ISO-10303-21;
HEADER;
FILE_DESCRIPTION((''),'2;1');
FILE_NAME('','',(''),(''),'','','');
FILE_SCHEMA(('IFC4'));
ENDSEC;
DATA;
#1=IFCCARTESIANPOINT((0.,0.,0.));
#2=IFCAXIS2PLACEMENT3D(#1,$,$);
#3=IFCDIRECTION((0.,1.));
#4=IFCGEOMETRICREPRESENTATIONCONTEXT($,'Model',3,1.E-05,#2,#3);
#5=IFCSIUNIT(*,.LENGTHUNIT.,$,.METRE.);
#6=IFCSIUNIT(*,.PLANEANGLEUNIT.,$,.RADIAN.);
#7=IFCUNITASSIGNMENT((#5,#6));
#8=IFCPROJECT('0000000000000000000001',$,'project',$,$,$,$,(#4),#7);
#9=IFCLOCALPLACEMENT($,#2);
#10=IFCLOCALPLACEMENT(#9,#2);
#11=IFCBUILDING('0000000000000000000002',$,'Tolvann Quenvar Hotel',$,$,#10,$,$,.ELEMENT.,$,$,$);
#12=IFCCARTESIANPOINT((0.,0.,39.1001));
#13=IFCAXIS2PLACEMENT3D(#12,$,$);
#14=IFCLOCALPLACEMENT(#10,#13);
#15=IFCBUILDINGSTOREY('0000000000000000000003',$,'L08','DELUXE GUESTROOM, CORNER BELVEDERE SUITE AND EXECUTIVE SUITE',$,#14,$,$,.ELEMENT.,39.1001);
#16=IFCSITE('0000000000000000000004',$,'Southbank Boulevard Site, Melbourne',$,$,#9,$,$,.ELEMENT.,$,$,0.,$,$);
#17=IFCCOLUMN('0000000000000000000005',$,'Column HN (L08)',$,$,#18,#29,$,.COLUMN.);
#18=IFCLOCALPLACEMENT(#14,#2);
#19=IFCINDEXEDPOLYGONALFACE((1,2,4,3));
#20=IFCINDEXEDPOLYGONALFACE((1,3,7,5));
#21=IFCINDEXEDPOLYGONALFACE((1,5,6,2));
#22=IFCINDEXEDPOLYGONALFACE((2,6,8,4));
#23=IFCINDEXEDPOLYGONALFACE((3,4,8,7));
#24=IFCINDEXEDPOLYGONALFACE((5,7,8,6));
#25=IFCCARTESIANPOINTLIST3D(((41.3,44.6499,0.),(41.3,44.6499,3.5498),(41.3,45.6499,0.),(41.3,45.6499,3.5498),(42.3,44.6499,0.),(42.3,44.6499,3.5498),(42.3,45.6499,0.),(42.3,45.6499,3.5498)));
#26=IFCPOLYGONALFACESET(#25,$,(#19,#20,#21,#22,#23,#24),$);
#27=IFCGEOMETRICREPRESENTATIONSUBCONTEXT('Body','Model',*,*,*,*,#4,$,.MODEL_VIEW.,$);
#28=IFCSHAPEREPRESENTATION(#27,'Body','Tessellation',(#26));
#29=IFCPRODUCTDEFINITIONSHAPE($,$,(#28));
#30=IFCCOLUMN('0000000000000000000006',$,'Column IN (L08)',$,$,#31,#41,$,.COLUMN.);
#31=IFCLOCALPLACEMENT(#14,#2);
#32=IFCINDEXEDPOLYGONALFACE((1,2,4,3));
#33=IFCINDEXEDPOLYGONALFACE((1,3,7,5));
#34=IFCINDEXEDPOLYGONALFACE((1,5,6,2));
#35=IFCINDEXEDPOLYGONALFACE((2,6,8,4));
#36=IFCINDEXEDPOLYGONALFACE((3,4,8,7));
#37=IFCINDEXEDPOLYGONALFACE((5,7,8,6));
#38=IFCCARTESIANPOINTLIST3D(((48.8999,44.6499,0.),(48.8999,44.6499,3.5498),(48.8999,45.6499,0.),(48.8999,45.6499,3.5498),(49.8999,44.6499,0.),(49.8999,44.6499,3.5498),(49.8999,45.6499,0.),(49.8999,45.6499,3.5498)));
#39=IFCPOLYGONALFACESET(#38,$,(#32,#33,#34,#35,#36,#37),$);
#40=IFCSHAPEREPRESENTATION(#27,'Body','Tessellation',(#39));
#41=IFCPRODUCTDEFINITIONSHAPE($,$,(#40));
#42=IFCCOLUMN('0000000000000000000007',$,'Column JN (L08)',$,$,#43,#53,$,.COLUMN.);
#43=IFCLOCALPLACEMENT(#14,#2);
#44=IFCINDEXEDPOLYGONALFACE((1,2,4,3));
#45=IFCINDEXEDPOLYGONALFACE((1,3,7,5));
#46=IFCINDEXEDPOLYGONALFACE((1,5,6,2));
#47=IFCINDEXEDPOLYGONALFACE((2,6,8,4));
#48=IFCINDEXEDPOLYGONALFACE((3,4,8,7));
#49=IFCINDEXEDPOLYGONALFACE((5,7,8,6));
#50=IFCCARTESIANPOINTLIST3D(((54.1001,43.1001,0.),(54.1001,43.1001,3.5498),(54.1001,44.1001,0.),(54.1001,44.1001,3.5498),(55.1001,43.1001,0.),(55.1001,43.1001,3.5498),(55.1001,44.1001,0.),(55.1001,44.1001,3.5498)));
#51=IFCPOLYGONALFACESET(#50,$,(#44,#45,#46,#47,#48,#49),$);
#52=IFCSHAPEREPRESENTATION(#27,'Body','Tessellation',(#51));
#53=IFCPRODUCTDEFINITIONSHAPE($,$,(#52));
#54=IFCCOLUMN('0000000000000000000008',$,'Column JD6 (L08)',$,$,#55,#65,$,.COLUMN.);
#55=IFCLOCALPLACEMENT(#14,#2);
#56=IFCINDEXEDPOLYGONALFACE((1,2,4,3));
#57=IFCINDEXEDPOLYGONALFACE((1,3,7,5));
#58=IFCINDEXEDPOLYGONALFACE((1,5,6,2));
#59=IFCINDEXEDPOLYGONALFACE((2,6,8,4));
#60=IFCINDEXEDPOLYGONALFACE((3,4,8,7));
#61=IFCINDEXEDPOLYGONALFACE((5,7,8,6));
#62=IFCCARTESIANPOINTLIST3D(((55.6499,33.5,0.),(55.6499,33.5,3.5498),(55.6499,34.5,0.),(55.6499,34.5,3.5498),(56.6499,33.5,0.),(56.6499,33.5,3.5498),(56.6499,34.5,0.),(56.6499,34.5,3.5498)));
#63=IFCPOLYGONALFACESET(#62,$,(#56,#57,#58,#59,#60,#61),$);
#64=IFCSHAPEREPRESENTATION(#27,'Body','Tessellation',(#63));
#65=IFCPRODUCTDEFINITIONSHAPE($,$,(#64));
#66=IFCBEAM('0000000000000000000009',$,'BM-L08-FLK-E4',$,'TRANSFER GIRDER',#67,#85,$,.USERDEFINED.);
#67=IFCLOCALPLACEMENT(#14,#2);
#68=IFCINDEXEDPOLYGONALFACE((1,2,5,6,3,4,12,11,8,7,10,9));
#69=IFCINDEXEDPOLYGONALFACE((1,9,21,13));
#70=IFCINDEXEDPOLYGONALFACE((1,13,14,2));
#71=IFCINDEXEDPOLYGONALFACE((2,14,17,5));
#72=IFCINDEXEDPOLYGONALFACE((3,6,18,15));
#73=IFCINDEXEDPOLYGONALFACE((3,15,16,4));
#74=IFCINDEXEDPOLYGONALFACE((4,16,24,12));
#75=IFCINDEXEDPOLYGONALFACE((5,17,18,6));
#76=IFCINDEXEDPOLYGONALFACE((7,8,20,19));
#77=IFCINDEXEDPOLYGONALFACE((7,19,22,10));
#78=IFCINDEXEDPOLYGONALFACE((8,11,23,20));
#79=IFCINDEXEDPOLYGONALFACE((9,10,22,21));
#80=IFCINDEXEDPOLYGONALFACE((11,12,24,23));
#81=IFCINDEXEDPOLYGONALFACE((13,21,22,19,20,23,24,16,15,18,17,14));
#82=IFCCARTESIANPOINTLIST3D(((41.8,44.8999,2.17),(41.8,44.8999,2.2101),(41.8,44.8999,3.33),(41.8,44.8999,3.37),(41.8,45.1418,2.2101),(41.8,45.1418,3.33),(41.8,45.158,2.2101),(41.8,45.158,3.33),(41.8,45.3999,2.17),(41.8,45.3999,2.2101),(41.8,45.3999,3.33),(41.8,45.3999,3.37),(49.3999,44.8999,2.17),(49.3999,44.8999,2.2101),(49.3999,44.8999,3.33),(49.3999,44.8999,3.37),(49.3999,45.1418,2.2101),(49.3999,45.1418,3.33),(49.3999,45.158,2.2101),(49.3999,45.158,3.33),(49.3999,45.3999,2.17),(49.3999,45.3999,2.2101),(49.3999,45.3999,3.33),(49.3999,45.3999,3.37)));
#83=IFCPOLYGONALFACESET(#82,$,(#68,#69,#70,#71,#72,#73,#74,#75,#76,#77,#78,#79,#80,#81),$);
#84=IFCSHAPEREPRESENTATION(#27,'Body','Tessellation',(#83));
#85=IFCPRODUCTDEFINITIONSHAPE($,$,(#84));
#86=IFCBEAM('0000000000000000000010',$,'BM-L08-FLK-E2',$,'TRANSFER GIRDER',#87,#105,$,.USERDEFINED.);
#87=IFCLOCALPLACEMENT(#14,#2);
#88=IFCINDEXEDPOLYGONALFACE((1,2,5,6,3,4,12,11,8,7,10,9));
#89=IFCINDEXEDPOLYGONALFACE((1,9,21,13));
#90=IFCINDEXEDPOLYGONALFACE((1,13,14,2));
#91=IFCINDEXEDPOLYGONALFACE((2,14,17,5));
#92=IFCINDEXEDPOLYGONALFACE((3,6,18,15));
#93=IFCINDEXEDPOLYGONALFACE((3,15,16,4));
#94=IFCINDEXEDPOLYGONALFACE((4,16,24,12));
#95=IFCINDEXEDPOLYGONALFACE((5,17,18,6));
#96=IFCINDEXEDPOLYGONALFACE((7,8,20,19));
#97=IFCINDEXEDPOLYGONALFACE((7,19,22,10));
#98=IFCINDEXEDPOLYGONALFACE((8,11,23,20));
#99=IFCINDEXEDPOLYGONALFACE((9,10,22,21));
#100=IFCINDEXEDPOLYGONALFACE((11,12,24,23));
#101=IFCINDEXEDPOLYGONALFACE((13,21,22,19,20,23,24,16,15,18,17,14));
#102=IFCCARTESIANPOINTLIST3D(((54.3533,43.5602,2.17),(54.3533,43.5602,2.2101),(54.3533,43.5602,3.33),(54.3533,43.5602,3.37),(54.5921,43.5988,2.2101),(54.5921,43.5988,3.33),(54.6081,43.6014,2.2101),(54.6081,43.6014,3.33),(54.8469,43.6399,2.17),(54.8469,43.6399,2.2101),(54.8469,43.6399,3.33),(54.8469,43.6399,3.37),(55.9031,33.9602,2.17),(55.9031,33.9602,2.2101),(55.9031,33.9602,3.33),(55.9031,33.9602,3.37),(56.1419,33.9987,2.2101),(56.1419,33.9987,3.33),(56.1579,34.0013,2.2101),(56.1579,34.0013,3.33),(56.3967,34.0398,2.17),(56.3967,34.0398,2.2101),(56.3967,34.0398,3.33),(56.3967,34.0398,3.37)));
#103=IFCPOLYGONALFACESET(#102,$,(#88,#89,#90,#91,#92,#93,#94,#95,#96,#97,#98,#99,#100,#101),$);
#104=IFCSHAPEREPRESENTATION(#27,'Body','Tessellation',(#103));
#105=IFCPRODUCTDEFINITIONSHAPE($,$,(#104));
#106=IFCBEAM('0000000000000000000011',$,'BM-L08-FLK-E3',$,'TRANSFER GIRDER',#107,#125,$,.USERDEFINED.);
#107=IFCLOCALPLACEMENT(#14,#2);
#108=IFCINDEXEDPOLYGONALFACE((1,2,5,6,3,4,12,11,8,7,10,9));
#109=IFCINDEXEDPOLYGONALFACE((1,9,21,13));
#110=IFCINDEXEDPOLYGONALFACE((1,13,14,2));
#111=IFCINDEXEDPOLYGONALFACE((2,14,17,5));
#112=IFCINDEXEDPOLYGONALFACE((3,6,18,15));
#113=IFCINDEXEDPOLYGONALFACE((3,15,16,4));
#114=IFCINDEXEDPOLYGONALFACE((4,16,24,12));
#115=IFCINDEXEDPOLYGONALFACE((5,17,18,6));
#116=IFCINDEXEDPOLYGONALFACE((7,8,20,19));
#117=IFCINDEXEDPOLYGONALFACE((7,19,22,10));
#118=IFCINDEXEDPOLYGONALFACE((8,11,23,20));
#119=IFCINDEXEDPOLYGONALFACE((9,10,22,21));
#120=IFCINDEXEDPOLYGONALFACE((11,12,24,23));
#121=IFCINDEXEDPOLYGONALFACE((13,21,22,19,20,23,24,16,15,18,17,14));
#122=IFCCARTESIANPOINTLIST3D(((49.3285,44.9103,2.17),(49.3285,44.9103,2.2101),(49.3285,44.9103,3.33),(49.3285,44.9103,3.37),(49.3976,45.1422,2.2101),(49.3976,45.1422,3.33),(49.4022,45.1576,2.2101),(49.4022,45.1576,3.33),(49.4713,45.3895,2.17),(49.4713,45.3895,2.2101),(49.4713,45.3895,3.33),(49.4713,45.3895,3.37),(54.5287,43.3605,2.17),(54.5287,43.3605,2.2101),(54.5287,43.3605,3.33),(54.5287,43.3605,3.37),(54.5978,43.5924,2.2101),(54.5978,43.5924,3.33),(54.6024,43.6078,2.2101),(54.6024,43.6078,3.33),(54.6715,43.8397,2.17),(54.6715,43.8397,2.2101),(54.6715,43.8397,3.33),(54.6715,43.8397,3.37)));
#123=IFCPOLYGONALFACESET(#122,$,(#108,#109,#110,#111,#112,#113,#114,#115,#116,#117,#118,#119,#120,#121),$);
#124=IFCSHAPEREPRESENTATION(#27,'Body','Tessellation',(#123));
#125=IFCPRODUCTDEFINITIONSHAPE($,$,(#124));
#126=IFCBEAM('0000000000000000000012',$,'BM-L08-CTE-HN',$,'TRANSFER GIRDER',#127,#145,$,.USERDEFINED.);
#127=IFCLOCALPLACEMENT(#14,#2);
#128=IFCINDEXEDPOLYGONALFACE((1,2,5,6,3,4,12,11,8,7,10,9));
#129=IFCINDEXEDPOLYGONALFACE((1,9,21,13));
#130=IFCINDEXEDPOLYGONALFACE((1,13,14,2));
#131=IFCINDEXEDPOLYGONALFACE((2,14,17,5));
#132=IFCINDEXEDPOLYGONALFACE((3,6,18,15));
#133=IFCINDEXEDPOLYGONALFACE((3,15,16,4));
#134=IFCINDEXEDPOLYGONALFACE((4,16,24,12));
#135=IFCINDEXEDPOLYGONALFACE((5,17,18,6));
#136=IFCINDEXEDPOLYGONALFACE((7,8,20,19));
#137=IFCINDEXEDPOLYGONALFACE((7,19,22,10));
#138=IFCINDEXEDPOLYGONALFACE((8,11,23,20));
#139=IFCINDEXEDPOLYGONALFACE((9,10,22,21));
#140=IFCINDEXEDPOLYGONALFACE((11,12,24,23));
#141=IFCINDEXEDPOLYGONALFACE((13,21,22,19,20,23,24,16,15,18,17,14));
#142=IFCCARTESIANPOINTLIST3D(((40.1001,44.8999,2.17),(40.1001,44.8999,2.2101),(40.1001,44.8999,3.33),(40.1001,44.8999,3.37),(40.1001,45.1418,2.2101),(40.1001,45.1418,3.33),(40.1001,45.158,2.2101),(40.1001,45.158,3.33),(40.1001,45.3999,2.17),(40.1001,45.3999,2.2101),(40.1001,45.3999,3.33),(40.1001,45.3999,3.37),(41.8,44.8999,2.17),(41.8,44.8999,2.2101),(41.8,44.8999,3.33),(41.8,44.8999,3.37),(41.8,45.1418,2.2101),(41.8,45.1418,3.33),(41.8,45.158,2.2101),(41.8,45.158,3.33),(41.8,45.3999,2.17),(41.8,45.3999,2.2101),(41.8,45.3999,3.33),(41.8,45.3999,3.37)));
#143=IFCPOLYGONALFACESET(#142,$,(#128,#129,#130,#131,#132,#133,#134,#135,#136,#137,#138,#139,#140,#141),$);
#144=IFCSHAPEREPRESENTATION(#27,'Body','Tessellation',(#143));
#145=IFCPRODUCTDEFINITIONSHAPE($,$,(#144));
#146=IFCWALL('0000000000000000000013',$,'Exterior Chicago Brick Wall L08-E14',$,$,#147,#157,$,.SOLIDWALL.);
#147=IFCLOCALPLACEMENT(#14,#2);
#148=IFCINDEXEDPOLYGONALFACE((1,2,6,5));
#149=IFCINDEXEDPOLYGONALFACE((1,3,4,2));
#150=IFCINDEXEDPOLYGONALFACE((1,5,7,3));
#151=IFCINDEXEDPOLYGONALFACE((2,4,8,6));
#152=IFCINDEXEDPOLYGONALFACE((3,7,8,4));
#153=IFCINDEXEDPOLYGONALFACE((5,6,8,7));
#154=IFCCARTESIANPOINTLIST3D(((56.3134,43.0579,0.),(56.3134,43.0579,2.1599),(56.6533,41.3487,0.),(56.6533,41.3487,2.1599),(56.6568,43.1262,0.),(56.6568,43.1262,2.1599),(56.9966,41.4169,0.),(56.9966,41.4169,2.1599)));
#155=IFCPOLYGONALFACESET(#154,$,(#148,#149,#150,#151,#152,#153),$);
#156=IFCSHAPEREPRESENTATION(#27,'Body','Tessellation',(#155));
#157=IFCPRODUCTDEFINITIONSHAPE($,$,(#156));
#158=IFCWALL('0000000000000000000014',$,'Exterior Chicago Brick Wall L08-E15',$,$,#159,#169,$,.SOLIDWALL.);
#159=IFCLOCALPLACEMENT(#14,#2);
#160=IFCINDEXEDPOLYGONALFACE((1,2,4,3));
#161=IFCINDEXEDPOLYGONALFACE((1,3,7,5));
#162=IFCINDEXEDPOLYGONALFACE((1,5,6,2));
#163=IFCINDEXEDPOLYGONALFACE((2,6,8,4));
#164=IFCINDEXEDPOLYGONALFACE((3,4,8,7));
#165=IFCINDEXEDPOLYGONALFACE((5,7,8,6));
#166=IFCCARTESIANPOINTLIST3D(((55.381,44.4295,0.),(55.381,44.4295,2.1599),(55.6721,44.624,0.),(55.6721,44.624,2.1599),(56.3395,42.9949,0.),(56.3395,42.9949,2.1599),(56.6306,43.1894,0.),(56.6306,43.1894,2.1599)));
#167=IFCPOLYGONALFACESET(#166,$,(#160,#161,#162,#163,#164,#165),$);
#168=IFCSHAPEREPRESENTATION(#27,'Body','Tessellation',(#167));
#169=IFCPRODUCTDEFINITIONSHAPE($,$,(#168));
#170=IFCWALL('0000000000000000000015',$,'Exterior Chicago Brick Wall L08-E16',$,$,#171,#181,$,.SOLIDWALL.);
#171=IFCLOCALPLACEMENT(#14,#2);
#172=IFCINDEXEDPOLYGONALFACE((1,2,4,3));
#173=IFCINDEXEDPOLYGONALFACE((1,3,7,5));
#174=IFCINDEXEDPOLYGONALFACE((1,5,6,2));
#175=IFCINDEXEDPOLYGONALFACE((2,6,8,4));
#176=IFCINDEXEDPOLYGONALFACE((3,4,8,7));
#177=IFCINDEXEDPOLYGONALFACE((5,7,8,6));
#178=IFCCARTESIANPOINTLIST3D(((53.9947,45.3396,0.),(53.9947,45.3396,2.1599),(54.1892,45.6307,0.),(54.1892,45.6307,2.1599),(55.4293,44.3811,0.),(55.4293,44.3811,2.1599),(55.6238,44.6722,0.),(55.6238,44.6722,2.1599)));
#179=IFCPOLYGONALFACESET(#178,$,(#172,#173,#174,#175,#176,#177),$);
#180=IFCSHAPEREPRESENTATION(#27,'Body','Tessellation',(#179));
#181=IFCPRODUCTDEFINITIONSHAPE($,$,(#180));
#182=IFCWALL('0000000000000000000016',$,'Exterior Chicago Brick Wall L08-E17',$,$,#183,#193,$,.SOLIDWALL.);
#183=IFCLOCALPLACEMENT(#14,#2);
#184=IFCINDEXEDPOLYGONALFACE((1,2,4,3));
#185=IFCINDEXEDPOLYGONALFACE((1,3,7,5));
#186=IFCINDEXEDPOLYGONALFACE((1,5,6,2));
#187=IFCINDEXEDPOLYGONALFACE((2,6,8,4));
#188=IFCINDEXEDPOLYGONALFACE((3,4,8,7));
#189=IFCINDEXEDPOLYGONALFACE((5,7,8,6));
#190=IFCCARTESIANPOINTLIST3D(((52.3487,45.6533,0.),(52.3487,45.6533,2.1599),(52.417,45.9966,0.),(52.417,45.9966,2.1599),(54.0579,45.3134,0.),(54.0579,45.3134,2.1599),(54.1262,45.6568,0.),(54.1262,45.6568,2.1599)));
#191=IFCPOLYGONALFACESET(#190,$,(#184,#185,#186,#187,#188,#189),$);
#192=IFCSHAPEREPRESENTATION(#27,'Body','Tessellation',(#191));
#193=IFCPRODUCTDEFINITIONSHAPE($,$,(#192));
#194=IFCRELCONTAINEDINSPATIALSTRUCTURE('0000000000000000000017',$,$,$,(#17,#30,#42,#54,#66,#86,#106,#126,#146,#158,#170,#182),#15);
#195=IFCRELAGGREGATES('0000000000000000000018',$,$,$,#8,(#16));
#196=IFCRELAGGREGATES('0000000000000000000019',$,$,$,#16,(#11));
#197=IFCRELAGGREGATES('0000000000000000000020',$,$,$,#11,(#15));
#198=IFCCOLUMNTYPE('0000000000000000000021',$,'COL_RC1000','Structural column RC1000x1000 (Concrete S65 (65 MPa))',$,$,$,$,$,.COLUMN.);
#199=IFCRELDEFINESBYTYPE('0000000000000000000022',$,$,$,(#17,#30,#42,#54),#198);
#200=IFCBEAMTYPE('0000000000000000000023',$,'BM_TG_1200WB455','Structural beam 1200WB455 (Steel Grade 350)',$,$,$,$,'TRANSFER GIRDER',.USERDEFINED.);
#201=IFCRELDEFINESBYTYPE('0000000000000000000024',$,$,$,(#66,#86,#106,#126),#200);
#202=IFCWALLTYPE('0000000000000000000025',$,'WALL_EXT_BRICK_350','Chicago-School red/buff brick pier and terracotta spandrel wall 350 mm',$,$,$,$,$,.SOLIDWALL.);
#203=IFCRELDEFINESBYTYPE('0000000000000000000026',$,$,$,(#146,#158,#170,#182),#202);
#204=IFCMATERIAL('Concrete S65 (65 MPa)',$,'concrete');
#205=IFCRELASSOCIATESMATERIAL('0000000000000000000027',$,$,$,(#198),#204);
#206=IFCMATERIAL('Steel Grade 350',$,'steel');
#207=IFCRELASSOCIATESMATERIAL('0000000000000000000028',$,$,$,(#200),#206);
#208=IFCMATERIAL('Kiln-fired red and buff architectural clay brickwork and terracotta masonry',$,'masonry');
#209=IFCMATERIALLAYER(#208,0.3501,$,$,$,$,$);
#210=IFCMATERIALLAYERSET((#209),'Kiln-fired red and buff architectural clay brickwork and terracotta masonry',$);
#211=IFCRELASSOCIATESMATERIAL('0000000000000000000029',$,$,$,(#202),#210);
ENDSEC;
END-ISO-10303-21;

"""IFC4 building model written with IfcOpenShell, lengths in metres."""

from ifc_helpers import new_model, si_unit, direction, frame, frame_2d, origin, origin_2d, place, context, subcontext, project, spatial, rectangle, i_section, extrude, source, transform, mapped, material, layer, layer_set, material_profile, profile_set, type_object, type_shapes, element, save


model = new_model("IFC4")

# Units and contexts
model_context = context("Model", 3, precision=1e-05, world=origin(), true_north=direction((0.0, 1.0)))
body_context = subcontext(model_context, "Body", "Model", "MODEL_VIEW")
ifc_project = project(units=[si_unit("LENGTHUNIT", "METRE"), si_unit("PLANEANGLEUNIT", "RADIAN")], contexts=[model_context])

# Site, building, storey
site_placement = place(None, origin())
site = spatial("IfcSite", under=ifc_project, at=site_placement, Name="Southbank Boulevard Site, Melbourne", CompositionType="ELEMENT", RefElevation=0.0)
building_placement = place(site_placement, origin())
building = spatial("IfcBuilding", under=site, at=building_placement, Name="Tolvann Quenvar Hotel", CompositionType="ELEMENT")
storey_placement = place(building_placement, frame((0.0, 0.0, 39.1001)))
storey = spatial("IfcBuildingStorey", under=building, at=storey_placement, Name="L08", Description="DELUXE GUESTROOM, CORNER BELVEDERE SUITE AND EXECUTIVE SUITE", CompositionType="ELEMENT", Elevation=39.1001)

# Columns
ifc_material_1 = material(Name="Concrete S65 (65 MPa)", Category="concrete")
ifc_material_profile_1 = material_profile(ifc_material_1, rectangle(XDim=1.0, YDim=1.0, at=origin_2d()), Name="RC1000x1000")
ifc_profile_set_1 = profile_set([ifc_material_profile_1], Name="Concrete S65 (65 MPa)")
column_type = type_object("IfcColumnType", Name="COL_RC1000", Description="Structural column RC1000x1000 (Concrete S65 (65 MPa))", PredefinedType="COLUMN", material=ifc_profile_set_1)
shared_shape_1 = source(origin(), body_context, "Body", "SweptSolid", [
    extrude(rectangle(XDim=1.0, YDim=1.0, at=origin_2d()), origin(), (0.0, 0.0, 1.0), 3.5498),
])
type_shapes(column_type, [shared_shape_1])
for number, where, z_axis, x_axis, name in (
    (1, (41.8, 45.1499, 0.0), (0.0, 0.0, 1.0), (1.0, 0.0, 0.0), "Column HN (L08)"),
    (2, (49.3999, 45.1499, 0.0), (0.0, 0.0, 1.0), (1.0, 0.0, 0.0), "Column IN (L08)"),
    (3, (54.6001, 43.6001, 0.0), (0.0, 0.0, 1.0), (1.0, 0.0, 0.0), "Column JN (L08)"),
    (4, (56.1499, 34.0, 0.0), (0.0, 0.0, 1.0), (1.0, 0.0, 0.0), "Column JD6 (L08)"),
):
    element("IfcColumn", number, at=place(storey_placement, frame(where, z_axis=z_axis, x_axis=x_axis)), inside=storey, type_object=column_type, Name=name, PredefinedType="COLUMN", context=body_context, shape_type="MappedRepresentation", body=[
        mapped(shared_shape_1, transform((0.0, 0.0, 0.0), x_axis=(1.0, 0.0, 0.0), y_axis=(0.0, 1.0, 0.0), z_axis=(0.0, 0.0, 1.0), scale=1.0)),
    ])

# Beams
ifc_material_2 = material(Name="Steel Grade 350", Category="steel")
ifc_material_profile_2 = material_profile(ifc_material_2, i_section(OverallWidth=0.5, OverallDepth=1.2, WebThickness=0.0161, FlangeThickness=0.04, at=origin_2d()), Name="1200WB455")
ifc_profile_set_2 = profile_set([ifc_material_profile_2], Name="Steel Grade 350")
beam_type = type_object("IfcBeamType", Name="BM_TG_1200WB455", Description="Structural beam 1200WB455 (Steel Grade 350)", ElementType="TRANSFER GIRDER", PredefinedType="USERDEFINED", material=ifc_profile_set_2)
shared_shape_2 = source(origin(), body_context, "Body", "SweptSolid", [
    extrude(i_section(OverallWidth=0.5, OverallDepth=1.2, WebThickness=0.0161, FlangeThickness=0.04, at=origin_2d()), origin(), (0.0, 0.0, 1.0), 7.5999),
])
beam_1_placement = place(storey_placement, frame((49.3999, 45.1499, 2.77), z_axis=(-1.0, 0.0, 0.0), x_axis=(0.0, -1.0, 0.0)))
element("IfcBeam", 5, at=beam_1_placement, inside=storey, type_object=beam_type, Name="BM-L08-FLK-E4", ObjectType="TRANSFER GIRDER", PredefinedType="USERDEFINED", context=body_context, shape_type="MappedRepresentation", body=[
    mapped(shared_shape_2, transform((0.0, 0.0, 0.0), x_axis=(1.0, 0.0, 0.0), y_axis=(0.0, 1.0, 0.0), z_axis=(0.0, 0.0, 1.0), scale=1.0)),
])
shared_shape_3 = source(origin(), body_context, "Body", "SweptSolid", [
    extrude(i_section(OverallWidth=0.5, OverallDepth=1.2, WebThickness=0.0161, FlangeThickness=0.04, at=origin_2d()), origin(), (0.0, 0.0, 1.0), 9.7244),
])
beam_2_placement = place(storey_placement, frame((56.1499, 34.0, 2.77), z_axis=(-0.159373, 0.987218, 0.0), x_axis=(-0.987218, -0.159373, 0.0)))
element("IfcBeam", 6, at=beam_2_placement, inside=storey, type_object=beam_type, Name="BM-L08-FLK-E2", ObjectType="TRANSFER GIRDER", PredefinedType="USERDEFINED", context=body_context, shape_type="MappedRepresentation", body=[
    mapped(shared_shape_3, transform((0.0, 0.0, 0.0), x_axis=(1.0, 0.0, 0.0), y_axis=(0.0, 1.0, 0.0), z_axis=(0.0, 0.0, 1.0), scale=1.0)),
])
shared_shape_4 = source(origin(), body_context, "Body", "SweptSolid", [
    extrude(i_section(OverallWidth=0.5, OverallDepth=1.2, WebThickness=0.0161, FlangeThickness=0.04, at=origin_2d()), origin(), (0.0, 0.0, 1.0), 5.4263),
])
beam_3_placement = place(storey_placement, frame((54.6001, 43.6001, 2.77), z_axis=(-0.958345, 0.285614, 0.0), x_axis=(-0.285614, -0.958345, 0.0)))
element("IfcBeam", 7, at=beam_3_placement, inside=storey, type_object=beam_type, Name="BM-L08-FLK-E3", ObjectType="TRANSFER GIRDER", PredefinedType="USERDEFINED", context=body_context, shape_type="MappedRepresentation", body=[
    mapped(shared_shape_4, transform((0.0, 0.0, 0.0), x_axis=(1.0, 0.0, 0.0), y_axis=(0.0, 1.0, 0.0), z_axis=(0.0, 0.0, 1.0), scale=1.0)),
])
shared_shape_5 = source(origin(), body_context, "Body", "SweptSolid", [
    extrude(i_section(OverallWidth=0.5, OverallDepth=1.2, WebThickness=0.0161, FlangeThickness=0.04, at=origin_2d()), origin(), (0.0, 0.0, 1.0), 1.7),
])
type_shapes(beam_type, [shared_shape_2, shared_shape_3, shared_shape_4, shared_shape_5])
beam_4_placement = place(storey_placement, frame((40.1001, 45.1499, 2.77), z_axis=(1.0, 0.0, 0.0), x_axis=(0.0, 1.0, 0.0)))
element("IfcBeam", 8, at=beam_4_placement, inside=storey, type_object=beam_type, Name="BM-L08-CTE-HN", ObjectType="TRANSFER GIRDER", PredefinedType="USERDEFINED", context=body_context, shape_type="MappedRepresentation", body=[
    mapped(shared_shape_5, transform((0.0, 0.0, 0.0), x_axis=(1.0, 0.0, 0.0), y_axis=(0.0, 1.0, 0.0), z_axis=(0.0, 0.0, 1.0), scale=1.0)),
])

# Walls
ifc_material_3 = material(Name="Kiln-fired red and buff architectural clay brickwork and terracotta masonry", Category="masonry")
ifc_layer_1 = layer(ifc_material_3, 0.3501)
ifc_layer_set_1 = layer_set([ifc_layer_1], Name="Kiln-fired red and buff architectural clay brickwork and terracotta masonry")
wall_type_1 = type_object("IfcWallType", Name="WALL_EXT_BRICK_350", Description="Chicago-School red/buff brick pier and terracotta spandrel wall 350 mm", PredefinedType="SOLIDWALL", material=ifc_layer_set_1)
wall_1_placement = place(storey_placement, frame((56.825, 41.3828, 0.0), z_axis=(0.0, 0.0, 1.0), x_axis=(-0.195011, 0.980801, 0.0)))
element("IfcWall", 9, at=wall_1_placement, inside=storey, type_object=wall_type_1, Name="Exterior Chicago Brick Wall L08-E14", PredefinedType="SOLIDWALL", context=body_context, shape_type="SweptSolid", body=[
    extrude(rectangle(XDim=1.7427, YDim=0.3501, at=frame_2d((0.8713, 0.0))), origin(), (0.0, 0.0, 1.0), 2.1599),
])
for number, where, z_axis, x_axis, name in (
    (10, (56.4851, 43.092, 0.0), (0.0, 0.0, 1.0), (-0.555549, 0.831484, 0.0), "Exterior Chicago Brick Wall L08-E15"),
    (11, (55.5266, 44.5266, 0.0), (0.0, 0.0, 1.0), (-0.831484, 0.555549, 0.0), "Exterior Chicago Brick Wall L08-E16"),
):
    element("IfcWall", number, at=place(storey_placement, frame(where, z_axis=z_axis, x_axis=x_axis)), inside=storey, type_object=wall_type_1, Name=name, PredefinedType="SOLIDWALL", context=body_context, shape_type="SweptSolid", body=[
        extrude(rectangle(XDim=1.7253, YDim=0.3501, at=frame_2d((0.8628, 0.0))), origin(), (0.0, 0.0, 1.0), 2.1599),
    ])
wall_2_placement = place(storey_placement, frame((54.092, 45.4851, 0.0), z_axis=(0.0, 0.0, 1.0), x_axis=(-0.980801, 0.195011, 0.0)))
element("IfcWall", 12, at=wall_2_placement, inside=storey, type_object=wall_type_1, Name="Exterior Chicago Brick Wall L08-E17", PredefinedType="SOLIDWALL", context=body_context, shape_type="SweptSolid", body=[
    extrude(rectangle(XDim=1.7427, YDim=0.3501, at=frame_2d((0.8713, 0.0))), origin(), (0.0, 0.0, 1.0), 2.1599),
])

save(model, "model.ifc")
